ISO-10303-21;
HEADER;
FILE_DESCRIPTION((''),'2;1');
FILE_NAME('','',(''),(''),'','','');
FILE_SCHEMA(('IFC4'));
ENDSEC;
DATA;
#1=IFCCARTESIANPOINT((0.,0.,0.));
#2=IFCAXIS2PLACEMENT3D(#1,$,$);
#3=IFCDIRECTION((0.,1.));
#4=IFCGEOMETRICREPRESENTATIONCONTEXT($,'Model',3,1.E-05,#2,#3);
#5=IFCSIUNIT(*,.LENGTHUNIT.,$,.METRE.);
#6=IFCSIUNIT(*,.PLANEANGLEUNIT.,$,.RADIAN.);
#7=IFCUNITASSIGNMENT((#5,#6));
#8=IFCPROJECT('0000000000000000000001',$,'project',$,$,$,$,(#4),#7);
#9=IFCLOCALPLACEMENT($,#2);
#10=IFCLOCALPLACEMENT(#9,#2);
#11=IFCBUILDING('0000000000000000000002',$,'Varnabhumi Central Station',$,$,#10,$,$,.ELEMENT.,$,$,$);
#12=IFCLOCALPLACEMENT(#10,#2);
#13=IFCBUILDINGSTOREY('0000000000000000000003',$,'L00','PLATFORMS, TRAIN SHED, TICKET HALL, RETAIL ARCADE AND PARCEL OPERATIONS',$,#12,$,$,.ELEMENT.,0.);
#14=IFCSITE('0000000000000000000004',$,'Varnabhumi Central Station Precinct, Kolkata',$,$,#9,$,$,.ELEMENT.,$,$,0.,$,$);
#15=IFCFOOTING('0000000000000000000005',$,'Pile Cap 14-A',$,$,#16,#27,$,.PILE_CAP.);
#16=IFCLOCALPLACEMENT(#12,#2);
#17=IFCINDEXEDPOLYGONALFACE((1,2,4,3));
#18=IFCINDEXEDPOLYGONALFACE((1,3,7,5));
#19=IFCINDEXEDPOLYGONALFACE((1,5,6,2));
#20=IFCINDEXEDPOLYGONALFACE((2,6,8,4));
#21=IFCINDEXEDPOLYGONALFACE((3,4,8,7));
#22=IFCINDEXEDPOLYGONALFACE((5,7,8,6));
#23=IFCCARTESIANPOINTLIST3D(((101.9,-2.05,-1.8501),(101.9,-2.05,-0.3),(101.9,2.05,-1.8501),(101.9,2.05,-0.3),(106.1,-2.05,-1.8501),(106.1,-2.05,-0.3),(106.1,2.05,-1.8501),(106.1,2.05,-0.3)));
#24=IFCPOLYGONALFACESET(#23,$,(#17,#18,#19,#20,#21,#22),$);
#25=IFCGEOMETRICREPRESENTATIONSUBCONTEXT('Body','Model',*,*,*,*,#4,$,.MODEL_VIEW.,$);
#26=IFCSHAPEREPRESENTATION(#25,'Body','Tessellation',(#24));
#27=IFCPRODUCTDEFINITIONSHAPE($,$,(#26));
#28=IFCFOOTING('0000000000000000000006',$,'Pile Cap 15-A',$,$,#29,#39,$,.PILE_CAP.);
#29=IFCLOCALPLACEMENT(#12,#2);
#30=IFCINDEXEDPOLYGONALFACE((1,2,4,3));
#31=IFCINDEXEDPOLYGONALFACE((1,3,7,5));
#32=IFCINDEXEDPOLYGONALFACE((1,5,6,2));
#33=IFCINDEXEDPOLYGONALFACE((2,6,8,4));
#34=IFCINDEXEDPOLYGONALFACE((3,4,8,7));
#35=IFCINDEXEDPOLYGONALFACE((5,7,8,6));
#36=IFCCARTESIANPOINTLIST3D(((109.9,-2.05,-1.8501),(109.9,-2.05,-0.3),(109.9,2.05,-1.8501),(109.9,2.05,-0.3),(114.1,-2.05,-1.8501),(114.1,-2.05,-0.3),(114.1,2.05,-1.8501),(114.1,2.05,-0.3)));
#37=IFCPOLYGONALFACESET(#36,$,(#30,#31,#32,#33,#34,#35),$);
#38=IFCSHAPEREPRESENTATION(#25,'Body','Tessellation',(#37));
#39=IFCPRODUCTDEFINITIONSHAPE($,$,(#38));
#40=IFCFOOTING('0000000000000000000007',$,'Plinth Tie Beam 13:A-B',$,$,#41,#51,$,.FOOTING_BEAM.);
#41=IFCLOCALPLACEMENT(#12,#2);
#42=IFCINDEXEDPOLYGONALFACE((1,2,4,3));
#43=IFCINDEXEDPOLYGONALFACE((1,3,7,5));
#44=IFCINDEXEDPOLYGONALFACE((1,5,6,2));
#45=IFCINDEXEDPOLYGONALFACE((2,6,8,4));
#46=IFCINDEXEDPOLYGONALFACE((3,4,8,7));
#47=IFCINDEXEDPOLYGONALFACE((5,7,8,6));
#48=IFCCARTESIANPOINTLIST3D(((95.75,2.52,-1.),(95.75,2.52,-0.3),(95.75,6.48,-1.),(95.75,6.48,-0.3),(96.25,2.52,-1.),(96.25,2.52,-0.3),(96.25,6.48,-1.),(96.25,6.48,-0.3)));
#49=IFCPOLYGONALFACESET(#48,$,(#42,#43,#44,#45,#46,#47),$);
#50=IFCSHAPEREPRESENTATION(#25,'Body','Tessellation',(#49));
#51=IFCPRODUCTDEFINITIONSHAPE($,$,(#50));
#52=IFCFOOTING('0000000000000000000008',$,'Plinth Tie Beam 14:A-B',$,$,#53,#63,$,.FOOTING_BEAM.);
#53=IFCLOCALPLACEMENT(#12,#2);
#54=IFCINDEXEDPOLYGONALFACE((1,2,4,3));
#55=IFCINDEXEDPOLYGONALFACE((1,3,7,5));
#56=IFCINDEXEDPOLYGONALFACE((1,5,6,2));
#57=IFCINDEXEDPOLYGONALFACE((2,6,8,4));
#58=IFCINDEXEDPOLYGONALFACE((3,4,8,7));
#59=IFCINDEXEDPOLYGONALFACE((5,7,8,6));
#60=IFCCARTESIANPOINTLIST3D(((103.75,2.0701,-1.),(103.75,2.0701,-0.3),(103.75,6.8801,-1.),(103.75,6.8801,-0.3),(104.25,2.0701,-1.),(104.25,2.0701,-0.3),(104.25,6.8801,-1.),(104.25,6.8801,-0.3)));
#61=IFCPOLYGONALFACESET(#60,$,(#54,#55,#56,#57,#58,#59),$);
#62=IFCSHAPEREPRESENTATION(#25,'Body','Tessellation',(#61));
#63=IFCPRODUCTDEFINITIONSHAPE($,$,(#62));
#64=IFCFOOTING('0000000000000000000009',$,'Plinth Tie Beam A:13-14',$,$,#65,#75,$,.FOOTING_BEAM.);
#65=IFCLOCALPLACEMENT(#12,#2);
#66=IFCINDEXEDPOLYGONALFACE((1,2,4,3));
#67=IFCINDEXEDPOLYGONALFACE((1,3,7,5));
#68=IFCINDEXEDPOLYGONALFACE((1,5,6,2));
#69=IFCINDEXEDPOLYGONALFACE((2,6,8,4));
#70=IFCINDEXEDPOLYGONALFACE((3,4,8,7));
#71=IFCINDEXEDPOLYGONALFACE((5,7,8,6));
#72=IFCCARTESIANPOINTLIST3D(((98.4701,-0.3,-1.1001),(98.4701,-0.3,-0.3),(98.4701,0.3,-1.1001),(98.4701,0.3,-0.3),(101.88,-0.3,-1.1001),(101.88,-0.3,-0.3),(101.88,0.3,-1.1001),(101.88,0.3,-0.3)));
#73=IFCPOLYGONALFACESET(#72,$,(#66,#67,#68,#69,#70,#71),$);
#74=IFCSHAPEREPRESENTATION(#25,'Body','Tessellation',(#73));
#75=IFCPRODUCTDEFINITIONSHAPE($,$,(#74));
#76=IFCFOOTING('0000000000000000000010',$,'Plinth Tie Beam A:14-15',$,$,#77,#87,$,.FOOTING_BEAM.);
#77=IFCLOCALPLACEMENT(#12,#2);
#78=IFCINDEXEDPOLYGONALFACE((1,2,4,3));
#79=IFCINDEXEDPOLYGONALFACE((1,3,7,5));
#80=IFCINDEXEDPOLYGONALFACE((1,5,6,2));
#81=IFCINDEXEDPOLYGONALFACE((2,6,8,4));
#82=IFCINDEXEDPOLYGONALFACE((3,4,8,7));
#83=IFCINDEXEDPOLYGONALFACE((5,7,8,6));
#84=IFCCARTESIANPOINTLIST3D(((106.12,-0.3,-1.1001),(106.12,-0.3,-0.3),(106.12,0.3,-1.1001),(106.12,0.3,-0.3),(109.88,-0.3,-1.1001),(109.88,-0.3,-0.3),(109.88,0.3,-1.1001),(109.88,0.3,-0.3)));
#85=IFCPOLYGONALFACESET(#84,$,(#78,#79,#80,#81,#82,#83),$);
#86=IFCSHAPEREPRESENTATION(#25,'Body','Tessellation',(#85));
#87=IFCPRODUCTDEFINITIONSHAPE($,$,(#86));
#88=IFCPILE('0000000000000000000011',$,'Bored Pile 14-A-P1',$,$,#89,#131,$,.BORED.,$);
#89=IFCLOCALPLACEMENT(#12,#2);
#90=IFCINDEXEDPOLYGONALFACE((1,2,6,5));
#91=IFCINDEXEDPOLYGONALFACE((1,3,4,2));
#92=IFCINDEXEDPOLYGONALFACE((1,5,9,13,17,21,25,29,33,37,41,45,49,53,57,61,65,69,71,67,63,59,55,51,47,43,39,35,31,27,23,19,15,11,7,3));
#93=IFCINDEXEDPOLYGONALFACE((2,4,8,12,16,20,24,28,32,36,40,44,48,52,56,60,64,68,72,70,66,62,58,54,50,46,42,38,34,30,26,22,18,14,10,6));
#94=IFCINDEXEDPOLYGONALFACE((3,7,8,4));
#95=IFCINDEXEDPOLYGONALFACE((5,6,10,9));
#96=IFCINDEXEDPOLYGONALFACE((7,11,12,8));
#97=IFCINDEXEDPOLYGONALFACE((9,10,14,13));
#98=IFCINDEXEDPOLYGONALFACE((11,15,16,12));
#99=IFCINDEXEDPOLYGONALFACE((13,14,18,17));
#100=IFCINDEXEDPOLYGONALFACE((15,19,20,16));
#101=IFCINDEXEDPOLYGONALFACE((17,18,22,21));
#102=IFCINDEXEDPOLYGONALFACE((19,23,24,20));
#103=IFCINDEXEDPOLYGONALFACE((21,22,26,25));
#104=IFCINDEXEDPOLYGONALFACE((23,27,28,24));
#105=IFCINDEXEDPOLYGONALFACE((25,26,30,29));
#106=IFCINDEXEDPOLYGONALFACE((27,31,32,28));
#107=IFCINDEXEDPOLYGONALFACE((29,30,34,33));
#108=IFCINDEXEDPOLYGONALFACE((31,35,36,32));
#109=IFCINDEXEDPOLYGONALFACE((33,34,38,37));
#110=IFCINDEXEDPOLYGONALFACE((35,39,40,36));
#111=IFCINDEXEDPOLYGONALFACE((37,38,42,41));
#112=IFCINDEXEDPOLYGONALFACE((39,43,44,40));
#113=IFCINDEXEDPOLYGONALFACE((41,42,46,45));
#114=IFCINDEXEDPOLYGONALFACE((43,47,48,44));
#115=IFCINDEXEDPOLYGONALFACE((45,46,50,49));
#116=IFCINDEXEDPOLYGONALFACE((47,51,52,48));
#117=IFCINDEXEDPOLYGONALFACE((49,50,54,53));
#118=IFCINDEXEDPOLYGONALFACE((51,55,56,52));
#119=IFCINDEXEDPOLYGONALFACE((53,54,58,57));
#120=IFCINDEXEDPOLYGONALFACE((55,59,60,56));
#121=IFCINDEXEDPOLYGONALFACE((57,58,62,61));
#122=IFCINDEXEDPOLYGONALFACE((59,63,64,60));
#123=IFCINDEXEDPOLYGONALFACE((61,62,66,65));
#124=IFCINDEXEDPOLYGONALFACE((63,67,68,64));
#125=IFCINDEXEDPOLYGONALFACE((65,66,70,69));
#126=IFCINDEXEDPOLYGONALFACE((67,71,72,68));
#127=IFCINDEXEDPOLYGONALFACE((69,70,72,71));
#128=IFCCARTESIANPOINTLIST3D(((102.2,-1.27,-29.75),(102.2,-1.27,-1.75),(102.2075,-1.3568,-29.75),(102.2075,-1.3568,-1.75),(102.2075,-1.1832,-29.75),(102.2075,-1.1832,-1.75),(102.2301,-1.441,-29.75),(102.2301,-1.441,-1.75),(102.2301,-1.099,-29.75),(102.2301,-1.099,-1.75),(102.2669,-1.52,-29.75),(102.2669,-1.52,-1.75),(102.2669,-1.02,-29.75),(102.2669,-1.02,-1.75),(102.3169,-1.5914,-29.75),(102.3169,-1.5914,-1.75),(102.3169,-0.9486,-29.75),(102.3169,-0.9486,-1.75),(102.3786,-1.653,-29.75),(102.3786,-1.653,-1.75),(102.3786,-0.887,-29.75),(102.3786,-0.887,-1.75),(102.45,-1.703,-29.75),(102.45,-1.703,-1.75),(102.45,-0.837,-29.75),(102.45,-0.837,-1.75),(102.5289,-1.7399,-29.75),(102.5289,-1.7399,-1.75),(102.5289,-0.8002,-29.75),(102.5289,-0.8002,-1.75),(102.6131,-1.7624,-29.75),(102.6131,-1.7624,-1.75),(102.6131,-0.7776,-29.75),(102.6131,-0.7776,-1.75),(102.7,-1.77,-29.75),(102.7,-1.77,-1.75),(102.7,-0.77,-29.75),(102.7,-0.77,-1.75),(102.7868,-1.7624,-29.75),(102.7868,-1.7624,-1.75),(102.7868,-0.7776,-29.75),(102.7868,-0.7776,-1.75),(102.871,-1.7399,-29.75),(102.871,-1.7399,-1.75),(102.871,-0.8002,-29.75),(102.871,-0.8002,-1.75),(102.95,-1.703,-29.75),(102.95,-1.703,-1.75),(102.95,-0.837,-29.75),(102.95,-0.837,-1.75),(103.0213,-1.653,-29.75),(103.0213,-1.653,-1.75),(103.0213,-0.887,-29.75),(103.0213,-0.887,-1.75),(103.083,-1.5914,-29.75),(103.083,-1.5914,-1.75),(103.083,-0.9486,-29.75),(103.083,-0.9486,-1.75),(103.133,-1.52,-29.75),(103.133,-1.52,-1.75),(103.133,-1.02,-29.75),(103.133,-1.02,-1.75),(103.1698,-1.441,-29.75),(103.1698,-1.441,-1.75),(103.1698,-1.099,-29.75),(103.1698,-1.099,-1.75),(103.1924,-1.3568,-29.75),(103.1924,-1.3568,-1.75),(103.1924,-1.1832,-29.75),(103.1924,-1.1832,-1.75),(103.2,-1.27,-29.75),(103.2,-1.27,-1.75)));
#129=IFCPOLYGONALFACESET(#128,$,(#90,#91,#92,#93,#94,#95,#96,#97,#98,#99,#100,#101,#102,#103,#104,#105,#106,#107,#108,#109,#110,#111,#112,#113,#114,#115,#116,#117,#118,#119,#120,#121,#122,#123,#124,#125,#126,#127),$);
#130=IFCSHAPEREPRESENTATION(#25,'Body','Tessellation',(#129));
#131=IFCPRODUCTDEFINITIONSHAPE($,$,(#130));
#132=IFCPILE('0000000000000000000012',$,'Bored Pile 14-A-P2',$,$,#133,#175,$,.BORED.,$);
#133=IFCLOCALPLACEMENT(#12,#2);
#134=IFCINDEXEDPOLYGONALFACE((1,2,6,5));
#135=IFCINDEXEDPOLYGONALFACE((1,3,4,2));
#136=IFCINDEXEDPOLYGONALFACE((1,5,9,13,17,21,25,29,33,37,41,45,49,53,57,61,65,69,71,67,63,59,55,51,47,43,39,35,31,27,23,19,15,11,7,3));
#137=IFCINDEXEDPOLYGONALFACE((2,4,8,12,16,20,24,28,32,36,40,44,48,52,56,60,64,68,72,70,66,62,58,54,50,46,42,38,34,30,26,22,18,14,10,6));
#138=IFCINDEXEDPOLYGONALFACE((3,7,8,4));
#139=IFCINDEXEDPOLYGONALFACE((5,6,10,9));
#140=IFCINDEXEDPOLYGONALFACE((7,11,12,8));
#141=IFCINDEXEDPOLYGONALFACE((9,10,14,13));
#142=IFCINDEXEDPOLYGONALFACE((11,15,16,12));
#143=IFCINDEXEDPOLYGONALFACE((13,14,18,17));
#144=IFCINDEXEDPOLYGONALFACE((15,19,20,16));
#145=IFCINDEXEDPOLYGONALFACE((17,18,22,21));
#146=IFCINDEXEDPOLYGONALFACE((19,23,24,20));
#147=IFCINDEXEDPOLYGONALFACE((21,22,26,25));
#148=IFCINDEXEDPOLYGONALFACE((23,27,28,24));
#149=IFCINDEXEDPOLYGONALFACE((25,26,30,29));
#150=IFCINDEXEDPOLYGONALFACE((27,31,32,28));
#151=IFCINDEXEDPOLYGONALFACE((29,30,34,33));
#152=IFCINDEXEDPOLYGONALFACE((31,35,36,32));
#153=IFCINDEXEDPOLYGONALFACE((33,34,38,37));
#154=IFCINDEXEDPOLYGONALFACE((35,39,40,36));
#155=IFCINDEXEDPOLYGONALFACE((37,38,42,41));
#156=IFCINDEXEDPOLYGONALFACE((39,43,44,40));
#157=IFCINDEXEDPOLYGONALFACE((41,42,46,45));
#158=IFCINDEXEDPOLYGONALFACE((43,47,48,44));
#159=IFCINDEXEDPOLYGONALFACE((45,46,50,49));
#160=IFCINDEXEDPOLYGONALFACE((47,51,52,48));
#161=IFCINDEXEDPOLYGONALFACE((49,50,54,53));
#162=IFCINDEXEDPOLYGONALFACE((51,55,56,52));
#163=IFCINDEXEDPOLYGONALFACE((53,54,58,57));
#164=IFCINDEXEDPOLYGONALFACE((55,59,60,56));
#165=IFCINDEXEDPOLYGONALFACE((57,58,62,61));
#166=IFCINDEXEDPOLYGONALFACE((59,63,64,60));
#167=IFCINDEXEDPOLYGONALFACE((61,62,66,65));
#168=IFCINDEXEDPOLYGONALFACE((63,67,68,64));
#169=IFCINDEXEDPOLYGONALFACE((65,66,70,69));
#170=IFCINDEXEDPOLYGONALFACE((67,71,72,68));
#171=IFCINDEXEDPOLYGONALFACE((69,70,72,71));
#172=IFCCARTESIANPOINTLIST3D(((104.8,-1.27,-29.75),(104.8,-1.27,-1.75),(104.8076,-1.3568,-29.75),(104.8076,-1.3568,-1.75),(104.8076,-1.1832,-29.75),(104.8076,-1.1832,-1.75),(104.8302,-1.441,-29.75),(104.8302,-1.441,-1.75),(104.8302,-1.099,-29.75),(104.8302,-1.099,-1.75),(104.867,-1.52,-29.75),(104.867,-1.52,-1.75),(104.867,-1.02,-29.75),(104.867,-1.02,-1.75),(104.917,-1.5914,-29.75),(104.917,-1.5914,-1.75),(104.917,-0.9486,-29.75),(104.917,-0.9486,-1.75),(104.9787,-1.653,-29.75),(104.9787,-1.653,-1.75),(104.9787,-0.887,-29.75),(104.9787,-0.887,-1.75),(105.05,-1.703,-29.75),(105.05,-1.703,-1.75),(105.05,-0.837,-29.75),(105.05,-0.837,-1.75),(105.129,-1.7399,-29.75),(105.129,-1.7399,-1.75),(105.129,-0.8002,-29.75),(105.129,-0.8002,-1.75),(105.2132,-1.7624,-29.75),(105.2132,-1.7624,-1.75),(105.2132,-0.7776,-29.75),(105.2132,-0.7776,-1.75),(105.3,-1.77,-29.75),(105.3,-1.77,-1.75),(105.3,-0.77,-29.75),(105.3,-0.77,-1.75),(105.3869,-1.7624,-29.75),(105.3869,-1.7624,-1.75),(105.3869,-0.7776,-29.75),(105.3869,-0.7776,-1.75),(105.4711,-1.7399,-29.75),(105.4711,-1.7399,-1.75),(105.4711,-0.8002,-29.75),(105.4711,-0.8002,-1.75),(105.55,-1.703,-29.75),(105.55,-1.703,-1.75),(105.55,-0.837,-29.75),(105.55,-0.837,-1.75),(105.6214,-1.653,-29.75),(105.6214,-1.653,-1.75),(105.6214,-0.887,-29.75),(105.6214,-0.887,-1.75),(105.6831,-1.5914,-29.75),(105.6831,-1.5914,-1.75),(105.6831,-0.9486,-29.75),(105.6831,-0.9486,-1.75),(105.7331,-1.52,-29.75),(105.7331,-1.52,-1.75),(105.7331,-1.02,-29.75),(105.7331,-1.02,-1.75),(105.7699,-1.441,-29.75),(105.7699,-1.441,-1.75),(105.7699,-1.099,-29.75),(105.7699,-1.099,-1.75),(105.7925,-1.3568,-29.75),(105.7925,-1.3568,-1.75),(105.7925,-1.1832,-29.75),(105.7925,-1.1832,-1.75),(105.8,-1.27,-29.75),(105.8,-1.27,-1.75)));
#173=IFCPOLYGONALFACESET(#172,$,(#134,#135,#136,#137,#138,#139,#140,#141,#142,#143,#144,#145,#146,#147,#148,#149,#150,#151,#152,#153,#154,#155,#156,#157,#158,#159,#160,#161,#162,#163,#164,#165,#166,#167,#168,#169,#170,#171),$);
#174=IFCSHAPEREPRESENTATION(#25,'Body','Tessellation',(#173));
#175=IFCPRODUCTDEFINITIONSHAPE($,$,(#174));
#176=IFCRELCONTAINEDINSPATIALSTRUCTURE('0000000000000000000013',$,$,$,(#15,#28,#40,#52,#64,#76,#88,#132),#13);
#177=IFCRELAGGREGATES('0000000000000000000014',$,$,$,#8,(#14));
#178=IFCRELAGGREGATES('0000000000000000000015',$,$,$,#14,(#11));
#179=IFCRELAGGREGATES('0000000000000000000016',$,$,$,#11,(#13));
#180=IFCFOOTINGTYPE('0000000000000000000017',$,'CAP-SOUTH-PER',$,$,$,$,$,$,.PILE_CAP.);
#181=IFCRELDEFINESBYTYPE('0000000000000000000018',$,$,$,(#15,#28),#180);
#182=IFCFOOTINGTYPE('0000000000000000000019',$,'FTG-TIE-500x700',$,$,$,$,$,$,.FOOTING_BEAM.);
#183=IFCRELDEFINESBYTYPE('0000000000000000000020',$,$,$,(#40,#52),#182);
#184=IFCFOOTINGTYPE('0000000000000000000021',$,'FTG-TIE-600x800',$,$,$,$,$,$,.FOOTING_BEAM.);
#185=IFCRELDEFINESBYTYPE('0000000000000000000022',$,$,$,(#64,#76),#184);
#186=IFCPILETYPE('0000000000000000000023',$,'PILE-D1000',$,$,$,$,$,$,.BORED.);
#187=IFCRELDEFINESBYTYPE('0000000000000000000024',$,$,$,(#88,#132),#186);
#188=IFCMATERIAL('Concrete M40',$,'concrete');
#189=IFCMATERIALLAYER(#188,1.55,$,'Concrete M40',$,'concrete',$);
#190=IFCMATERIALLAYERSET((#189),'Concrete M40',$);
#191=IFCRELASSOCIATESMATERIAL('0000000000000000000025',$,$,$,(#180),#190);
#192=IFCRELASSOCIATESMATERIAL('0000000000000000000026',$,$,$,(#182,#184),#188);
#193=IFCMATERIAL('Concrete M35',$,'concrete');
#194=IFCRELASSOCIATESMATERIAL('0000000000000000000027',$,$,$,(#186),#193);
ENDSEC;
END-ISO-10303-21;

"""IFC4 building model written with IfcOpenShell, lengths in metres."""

from ifc_helpers import new_model, si_unit, direction, frame, origin, origin_2d, place, context, subcontext, project, spatial, rectangle, circle, extrude, material, layer, layer_set, material_profile, profile_set, type_object, element, save


model = new_model("IFC4")

# Units and contexts
model_context = context("Model", 3, precision=1e-05, world=origin(), true_north=direction((0.0, 1.0)))
body_context = subcontext(model_context, "Body", "Model", "MODEL_VIEW")
ifc_project = project(units=[si_unit("LENGTHUNIT", "METRE"), si_unit("PLANEANGLEUNIT", "RADIAN")], contexts=[model_context])

# Site, building, storey
site_placement = place(None, origin())
site = spatial("IfcSite", under=ifc_project, at=site_placement, Name="Varnabhumi Central Station Precinct, Kolkata", CompositionType="ELEMENT", RefElevation=0.0)
building_placement = place(site_placement, origin())
building = spatial("IfcBuilding", under=site, at=building_placement, Name="Varnabhumi Central Station", CompositionType="ELEMENT")
storey_placement = place(building_placement, origin())
storey = spatial("IfcBuildingStorey", under=building, at=storey_placement, Name="L00", Description="PLATFORMS, TRAIN SHED, TICKET HALL, RETAIL ARCADE AND PARCEL OPERATIONS", CompositionType="ELEMENT", Elevation=0.0)

# Footings
ifc_material_1 = material(Name="Concrete M40", Category="concrete")
ifc_layer_1 = layer(ifc_material_1, 1.55, Name="Concrete M40", Category="concrete")
ifc_layer_set_1 = layer_set([ifc_layer_1], Name="Concrete M40")
footing_type_1 = type_object("IfcFootingType", Name="CAP-SOUTH-PER", PredefinedType="PILE_CAP", material=ifc_layer_set_1)
for number, where, z_axis, x_axis, name in (
    (1, (104.0, 0.0, -1.8501), (0.0, 0.0, 1.0), (1.0, 0.0, 0.0), "Pile Cap 14-A"),
    (2, (112.0, 0.0, -1.8501), (0.0, 0.0, 1.0), (1.0, 0.0, 0.0), "Pile Cap 15-A"),
):
    element("IfcFooting", number, at=place(storey_placement, frame(where, z_axis=z_axis, x_axis=x_axis)), inside=storey, type_object=footing_type_1, Name=name, PredefinedType="PILE_CAP", context=body_context, shape_type="SweptSolid", body=[
        extrude(rectangle(XDim=4.2, YDim=4.1001, at=origin_2d()), origin(), (0.0, 0.0, 1.0), 1.55),
    ])
footing_type_2 = type_object("IfcFootingType", Name="FTG-TIE-500x700", PredefinedType="FOOTING_BEAM", material=ifc_material_1)
footing_1_placement = place(storey_placement, frame((96.0, 4.5, -1.0), z_axis=(0.0, 0.0, 1.0), x_axis=(1.0, 0.0, 0.0)))
element("IfcFooting", 3, at=footing_1_placement, inside=storey, type_object=footing_type_2, Name="Plinth Tie Beam 13:A-B", PredefinedType="FOOTING_BEAM", context=body_context, shape_type="SweptSolid", body=[
    extrude(rectangle(XDim=0.5, YDim=3.96, at=origin_2d()), origin(), (0.0, 0.0, 1.0), 0.7),
])
footing_2_placement = place(storey_placement, frame((104.0, 4.4751, -1.0), z_axis=(0.0, 0.0, 1.0), x_axis=(1.0, 0.0, 0.0)))
element("IfcFooting", 4, at=footing_2_placement, inside=storey, type_object=footing_type_2, Name="Plinth Tie Beam 14:A-B", PredefinedType="FOOTING_BEAM", context=body_context, shape_type="SweptSolid", body=[
    extrude(rectangle(XDim=0.5, YDim=4.8101, at=origin_2d()), origin(), (0.0, 0.0, 1.0), 0.7),
])
footing_type_3 = type_object("IfcFootingType", Name="FTG-TIE-600x800", PredefinedType="FOOTING_BEAM", material=ifc_material_1)
footing_3_placement = place(storey_placement, frame((100.175, 0.0, -1.1001), z_axis=(0.0, 0.0, 1.0), x_axis=(1.0, 0.0, 0.0)))
element("IfcFooting", 5, at=footing_3_placement, inside=storey, type_object=footing_type_3, Name="Plinth Tie Beam A:13-14", PredefinedType="FOOTING_BEAM", context=body_context, shape_type="SweptSolid", body=[
    extrude(rectangle(XDim=3.4099, YDim=0.6001, at=origin_2d()), origin(), (0.0, 0.0, 1.0), 0.8),
])
footing_4_placement = place(storey_placement, frame((108.0, 0.0, -1.1001), z_axis=(0.0, 0.0, 1.0), x_axis=(1.0, 0.0, 0.0)))
element("IfcFooting", 6, at=footing_4_placement, inside=storey, type_object=footing_type_3, Name="Plinth Tie Beam A:14-15", PredefinedType="FOOTING_BEAM", context=body_context, shape_type="SweptSolid", body=[
    extrude(rectangle(XDim=3.76, YDim=0.6001, at=origin_2d()), origin(), (0.0, 0.0, 1.0), 0.8),
])

# Piles
ifc_material_2 = material(Name="Concrete M35", Category="concrete")
ifc_material_profile_1 = material_profile(ifc_material_2, circle(Radius=0.5, at=origin_2d()), Name="Concrete M35", Category="concrete")
ifc_profile_set_1 = profile_set([ifc_material_profile_1], Name="Concrete M35")
pile_type_1 = type_object("IfcPileType", Name="PILE-D1000", PredefinedType="BORED", material=ifc_profile_set_1)
for number, where, z_axis, x_axis, name in (
    (7, (102.7, -1.27, -1.75), (0.0, 0.0, -1.0), (1.0, 0.0, 0.0), "Bored Pile 14-A-P1"),
    (8, (105.3, -1.27, -1.75), (0.0, 0.0, -1.0), (1.0, 0.0, 0.0), "Bored Pile 14-A-P2"),
):
    element("IfcPile", number, at=place(storey_placement, frame(where, z_axis=z_axis, x_axis=x_axis)), inside=storey, type_object=pile_type_1, Name=name, PredefinedType="BORED", context=body_context, shape_type="SweptSolid", body=[
        extrude(circle(Radius=0.5, at=origin_2d()), origin(), (0.0, 0.0, 1.0), 28.0),
    ])

save(model, "model.ifc")
